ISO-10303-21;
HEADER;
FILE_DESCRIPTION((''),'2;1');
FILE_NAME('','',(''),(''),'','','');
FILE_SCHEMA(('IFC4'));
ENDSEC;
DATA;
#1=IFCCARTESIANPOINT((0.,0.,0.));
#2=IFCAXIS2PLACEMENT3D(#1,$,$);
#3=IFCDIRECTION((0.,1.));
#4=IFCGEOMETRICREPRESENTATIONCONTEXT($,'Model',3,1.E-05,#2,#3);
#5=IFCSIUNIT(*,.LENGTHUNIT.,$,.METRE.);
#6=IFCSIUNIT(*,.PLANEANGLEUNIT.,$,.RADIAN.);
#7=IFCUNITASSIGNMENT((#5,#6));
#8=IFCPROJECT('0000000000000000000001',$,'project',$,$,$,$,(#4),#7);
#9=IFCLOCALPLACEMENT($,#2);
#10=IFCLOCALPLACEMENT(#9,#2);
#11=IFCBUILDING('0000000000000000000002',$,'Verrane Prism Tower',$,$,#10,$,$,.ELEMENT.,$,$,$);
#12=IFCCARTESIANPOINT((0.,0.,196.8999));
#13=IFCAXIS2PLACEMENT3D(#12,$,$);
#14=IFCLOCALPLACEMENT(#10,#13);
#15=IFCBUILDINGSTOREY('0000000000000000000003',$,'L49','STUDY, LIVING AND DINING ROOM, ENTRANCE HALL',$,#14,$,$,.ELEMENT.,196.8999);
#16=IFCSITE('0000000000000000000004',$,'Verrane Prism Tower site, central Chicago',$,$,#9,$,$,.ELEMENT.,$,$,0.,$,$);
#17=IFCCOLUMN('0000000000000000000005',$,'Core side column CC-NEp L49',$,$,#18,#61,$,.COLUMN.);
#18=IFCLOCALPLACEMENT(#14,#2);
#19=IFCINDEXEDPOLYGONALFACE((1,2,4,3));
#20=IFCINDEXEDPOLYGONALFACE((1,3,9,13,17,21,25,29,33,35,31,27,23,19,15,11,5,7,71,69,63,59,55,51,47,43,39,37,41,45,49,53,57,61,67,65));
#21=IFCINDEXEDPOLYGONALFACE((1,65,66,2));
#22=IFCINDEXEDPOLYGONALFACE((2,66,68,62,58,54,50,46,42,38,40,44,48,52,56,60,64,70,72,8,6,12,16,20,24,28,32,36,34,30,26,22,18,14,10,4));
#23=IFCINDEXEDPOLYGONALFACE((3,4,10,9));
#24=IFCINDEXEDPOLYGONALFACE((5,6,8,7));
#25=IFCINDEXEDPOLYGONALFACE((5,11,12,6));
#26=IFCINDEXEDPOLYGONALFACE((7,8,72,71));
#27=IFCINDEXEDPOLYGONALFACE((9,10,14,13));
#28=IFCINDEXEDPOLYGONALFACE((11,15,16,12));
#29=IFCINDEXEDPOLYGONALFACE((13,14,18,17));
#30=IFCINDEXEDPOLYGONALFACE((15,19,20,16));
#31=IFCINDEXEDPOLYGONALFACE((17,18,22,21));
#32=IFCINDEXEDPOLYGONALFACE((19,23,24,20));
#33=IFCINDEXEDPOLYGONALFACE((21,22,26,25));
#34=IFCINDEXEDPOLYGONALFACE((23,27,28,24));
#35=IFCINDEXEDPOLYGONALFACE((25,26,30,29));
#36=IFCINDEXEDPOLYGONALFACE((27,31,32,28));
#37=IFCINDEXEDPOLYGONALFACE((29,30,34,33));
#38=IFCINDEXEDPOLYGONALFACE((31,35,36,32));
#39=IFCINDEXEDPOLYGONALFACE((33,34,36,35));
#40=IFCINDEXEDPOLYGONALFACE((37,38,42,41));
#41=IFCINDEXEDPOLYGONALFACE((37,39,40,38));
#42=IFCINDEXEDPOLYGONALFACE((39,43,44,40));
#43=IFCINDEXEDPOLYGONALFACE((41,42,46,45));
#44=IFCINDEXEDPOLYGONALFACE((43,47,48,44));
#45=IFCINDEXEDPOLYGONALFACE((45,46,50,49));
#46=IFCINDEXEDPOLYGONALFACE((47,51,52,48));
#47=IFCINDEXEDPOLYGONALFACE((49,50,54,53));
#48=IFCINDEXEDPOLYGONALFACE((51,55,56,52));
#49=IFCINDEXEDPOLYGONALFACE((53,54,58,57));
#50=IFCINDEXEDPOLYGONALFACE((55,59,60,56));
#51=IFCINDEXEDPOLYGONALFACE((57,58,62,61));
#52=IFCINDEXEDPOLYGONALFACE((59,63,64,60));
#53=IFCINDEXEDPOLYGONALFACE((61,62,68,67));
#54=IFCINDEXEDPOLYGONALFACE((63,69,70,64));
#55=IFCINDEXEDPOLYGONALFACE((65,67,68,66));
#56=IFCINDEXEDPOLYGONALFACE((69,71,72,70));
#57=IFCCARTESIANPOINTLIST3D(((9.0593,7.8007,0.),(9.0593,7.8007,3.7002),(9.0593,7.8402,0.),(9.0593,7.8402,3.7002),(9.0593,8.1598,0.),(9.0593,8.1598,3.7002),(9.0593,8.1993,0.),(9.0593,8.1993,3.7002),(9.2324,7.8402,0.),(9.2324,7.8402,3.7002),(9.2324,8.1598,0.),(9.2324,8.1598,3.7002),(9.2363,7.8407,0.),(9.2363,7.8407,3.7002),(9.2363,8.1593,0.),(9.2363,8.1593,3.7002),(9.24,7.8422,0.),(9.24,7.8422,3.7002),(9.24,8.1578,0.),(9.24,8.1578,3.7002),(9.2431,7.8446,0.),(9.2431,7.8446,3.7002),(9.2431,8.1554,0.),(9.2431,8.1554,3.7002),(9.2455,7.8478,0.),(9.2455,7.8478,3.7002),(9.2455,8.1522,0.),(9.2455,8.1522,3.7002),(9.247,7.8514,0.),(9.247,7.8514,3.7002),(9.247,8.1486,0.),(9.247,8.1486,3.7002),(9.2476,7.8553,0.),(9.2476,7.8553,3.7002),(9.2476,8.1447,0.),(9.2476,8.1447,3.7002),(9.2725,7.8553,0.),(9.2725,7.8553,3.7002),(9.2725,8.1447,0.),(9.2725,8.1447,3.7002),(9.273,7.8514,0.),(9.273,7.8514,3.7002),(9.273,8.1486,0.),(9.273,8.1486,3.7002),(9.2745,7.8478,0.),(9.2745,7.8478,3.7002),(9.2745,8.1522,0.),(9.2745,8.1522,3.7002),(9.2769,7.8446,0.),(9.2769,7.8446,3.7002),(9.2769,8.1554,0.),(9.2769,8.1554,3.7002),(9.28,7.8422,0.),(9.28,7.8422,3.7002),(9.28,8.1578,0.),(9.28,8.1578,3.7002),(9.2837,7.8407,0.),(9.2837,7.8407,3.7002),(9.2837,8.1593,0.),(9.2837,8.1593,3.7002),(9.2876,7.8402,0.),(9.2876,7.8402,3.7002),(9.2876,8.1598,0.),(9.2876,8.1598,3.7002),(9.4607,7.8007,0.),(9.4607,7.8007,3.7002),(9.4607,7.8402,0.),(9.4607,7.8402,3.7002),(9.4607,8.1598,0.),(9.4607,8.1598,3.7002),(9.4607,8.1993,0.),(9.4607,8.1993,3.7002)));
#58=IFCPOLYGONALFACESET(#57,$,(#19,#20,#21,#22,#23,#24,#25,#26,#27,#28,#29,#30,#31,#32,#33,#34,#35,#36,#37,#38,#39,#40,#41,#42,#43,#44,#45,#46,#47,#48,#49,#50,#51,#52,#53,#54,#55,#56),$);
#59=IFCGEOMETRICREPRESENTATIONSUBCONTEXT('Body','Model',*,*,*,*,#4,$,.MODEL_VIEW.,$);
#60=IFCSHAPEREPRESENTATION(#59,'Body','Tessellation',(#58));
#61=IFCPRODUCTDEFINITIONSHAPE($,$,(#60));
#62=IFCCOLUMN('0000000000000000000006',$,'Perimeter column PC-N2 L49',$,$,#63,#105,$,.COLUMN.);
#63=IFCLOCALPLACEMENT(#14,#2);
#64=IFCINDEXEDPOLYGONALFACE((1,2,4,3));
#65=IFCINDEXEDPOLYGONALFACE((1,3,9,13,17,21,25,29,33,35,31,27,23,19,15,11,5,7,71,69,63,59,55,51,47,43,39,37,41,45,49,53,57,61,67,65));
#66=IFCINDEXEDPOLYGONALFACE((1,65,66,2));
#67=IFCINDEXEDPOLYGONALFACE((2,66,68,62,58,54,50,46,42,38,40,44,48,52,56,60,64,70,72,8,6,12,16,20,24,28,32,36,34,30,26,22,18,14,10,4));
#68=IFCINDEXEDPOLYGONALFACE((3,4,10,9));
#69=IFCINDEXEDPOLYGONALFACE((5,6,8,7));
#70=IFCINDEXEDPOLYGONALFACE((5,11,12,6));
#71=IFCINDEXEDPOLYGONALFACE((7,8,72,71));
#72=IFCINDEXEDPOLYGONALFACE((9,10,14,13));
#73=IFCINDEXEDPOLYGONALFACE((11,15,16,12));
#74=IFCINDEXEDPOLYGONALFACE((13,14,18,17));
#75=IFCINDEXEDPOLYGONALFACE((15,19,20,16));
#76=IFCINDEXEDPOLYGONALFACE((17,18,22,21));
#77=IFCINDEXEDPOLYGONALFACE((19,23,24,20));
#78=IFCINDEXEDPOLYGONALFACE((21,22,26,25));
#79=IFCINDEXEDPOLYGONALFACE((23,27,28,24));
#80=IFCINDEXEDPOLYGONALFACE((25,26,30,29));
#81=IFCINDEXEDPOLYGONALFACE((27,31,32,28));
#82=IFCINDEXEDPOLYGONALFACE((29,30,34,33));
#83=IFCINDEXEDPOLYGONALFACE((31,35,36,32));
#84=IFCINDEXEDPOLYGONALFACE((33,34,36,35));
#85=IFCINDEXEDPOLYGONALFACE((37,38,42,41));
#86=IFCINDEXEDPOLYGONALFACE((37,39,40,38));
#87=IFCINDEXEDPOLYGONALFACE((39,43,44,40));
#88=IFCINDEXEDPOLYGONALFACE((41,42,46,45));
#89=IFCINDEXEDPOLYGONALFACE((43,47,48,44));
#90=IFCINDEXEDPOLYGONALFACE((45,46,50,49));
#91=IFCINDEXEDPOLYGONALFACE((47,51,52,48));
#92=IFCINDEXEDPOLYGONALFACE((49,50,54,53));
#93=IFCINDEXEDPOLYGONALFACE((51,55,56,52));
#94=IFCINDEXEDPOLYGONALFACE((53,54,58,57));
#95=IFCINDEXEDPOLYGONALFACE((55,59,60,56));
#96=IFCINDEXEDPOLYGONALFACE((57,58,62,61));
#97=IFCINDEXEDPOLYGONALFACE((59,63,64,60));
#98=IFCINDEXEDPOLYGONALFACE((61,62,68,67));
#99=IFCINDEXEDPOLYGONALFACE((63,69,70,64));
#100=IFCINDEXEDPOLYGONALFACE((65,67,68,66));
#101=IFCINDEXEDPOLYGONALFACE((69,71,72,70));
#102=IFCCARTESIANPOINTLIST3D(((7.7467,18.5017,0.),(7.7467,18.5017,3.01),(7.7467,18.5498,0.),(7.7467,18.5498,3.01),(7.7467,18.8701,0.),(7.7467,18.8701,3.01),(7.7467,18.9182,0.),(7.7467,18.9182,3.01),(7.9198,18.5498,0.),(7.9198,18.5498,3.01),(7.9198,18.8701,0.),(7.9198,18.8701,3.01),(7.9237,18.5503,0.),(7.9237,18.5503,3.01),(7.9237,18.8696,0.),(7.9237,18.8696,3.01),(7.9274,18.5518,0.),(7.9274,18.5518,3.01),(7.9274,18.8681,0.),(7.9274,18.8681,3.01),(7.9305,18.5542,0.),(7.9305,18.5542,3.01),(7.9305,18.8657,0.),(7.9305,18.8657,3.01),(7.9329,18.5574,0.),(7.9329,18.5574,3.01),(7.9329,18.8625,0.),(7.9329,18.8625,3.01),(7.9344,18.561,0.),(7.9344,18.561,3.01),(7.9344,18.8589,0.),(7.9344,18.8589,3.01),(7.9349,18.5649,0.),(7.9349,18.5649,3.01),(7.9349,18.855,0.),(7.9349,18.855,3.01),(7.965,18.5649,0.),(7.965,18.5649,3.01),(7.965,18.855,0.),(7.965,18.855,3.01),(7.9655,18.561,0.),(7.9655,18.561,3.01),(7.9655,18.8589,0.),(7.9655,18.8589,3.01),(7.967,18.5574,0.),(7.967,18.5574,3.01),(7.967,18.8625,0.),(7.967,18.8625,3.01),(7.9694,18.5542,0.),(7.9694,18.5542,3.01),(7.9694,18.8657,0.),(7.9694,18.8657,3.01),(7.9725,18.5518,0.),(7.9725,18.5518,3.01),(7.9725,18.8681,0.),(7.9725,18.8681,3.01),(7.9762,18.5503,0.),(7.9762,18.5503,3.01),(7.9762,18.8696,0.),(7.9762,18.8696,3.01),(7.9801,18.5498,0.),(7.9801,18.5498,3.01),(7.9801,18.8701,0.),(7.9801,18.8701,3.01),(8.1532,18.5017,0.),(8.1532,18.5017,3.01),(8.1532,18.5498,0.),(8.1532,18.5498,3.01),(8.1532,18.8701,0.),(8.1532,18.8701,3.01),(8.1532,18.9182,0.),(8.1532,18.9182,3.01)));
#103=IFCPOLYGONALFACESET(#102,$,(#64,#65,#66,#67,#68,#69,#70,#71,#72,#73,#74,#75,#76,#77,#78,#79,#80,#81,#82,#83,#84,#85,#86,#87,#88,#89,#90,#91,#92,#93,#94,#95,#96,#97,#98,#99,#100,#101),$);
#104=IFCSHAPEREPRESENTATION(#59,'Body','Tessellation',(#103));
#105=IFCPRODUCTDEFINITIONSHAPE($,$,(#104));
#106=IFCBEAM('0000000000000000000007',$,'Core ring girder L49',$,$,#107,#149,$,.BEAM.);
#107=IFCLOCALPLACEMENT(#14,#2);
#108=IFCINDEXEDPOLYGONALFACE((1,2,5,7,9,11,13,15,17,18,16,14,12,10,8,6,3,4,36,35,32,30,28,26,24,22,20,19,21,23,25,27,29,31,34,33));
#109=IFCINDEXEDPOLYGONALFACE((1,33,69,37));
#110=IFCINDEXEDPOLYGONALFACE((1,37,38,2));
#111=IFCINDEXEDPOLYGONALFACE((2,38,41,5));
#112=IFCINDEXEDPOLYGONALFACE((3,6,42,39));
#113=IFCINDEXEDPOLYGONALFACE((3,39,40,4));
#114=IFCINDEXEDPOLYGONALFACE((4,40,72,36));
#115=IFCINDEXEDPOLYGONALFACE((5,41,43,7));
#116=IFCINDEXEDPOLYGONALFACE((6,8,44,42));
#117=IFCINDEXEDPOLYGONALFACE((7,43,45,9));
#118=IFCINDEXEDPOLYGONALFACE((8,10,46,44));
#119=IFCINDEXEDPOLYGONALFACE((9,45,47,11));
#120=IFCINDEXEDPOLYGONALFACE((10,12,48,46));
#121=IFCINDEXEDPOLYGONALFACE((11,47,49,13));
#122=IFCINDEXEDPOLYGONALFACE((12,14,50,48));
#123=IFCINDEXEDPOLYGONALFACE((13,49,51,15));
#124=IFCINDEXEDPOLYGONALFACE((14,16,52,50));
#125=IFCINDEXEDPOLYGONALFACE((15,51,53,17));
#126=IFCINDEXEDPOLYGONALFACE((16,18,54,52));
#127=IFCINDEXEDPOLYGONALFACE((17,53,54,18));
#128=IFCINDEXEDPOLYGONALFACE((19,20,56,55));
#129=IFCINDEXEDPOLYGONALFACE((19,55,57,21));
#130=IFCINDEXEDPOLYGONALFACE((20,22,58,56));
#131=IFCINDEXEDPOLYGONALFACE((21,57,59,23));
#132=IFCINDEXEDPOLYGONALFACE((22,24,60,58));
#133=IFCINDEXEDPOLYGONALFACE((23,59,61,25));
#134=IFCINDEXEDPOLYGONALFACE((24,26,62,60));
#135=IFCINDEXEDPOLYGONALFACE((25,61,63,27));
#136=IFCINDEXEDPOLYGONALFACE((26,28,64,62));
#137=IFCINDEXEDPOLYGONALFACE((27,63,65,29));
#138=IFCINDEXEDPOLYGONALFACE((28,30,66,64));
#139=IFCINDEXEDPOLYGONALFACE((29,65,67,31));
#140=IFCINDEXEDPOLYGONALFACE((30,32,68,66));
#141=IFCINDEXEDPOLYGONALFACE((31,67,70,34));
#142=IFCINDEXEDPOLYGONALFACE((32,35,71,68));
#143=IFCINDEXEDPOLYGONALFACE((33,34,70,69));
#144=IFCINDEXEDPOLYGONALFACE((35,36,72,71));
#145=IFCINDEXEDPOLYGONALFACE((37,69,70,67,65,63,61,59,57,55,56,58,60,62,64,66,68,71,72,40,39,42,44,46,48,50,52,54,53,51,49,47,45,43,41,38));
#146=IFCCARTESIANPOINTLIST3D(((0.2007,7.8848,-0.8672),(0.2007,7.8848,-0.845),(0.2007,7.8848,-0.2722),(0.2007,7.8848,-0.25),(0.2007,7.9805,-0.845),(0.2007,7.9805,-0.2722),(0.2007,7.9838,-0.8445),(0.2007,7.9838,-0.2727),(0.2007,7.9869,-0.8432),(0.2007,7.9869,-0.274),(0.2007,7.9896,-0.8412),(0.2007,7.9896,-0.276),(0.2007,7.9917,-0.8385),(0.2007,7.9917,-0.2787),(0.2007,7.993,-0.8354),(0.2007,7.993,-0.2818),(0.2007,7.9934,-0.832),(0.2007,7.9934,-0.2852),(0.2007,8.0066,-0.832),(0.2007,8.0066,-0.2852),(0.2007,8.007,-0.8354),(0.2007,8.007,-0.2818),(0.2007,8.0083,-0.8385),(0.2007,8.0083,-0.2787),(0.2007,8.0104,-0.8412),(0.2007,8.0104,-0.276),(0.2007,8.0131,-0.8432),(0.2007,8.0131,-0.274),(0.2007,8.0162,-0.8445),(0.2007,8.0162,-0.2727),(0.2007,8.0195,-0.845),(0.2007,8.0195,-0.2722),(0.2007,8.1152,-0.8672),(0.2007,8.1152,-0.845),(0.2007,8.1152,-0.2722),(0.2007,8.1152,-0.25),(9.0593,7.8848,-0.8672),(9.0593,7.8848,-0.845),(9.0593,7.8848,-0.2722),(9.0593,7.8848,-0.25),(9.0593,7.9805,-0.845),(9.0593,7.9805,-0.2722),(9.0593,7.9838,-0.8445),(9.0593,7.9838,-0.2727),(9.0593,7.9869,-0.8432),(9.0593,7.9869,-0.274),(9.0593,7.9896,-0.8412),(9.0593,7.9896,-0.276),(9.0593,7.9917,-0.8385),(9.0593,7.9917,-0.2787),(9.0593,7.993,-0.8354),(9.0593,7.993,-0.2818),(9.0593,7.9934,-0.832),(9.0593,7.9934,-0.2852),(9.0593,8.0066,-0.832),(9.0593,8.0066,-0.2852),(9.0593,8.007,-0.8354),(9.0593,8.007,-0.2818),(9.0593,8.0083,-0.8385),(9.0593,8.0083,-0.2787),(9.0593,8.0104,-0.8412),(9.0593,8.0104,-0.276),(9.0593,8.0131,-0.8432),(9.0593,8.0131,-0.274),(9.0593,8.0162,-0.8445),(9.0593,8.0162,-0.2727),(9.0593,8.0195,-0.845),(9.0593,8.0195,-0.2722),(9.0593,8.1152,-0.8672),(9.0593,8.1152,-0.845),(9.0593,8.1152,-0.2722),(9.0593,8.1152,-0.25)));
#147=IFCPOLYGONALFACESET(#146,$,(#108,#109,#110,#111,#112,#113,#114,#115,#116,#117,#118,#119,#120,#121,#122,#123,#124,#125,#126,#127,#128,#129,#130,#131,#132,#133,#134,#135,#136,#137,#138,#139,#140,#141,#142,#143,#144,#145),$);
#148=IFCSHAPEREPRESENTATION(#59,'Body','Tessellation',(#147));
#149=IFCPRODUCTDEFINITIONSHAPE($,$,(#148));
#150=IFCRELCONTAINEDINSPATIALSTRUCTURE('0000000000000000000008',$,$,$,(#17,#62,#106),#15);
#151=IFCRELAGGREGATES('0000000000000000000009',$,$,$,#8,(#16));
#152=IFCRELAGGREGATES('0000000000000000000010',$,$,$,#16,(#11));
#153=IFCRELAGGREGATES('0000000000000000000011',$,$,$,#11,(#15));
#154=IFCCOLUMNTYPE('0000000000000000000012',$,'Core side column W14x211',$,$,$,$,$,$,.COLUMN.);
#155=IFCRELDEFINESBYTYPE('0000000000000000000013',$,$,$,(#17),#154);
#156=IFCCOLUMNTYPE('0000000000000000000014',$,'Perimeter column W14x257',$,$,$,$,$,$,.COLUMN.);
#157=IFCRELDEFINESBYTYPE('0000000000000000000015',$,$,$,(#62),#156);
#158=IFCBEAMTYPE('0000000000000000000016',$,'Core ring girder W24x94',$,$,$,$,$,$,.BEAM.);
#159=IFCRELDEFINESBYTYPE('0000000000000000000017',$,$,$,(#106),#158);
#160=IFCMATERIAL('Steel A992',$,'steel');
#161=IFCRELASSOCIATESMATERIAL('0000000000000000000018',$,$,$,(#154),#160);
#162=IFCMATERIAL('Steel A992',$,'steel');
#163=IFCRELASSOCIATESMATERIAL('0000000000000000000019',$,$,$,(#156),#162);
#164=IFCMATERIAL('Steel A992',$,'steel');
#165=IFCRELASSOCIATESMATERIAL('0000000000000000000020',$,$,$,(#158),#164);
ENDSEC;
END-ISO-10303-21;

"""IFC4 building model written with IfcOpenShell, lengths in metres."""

from ifc_helpers import new_model, si_unit, direction, frame, origin, origin_2d, place, context, subcontext, project, spatial, i_section, extrude, material, material_profile, profile_set, type_object, element, save


model = new_model("IFC4")

# Units and contexts
model_context = context("Model", 3, precision=1e-05, world=origin(), true_north=direction((0.0, 1.0)))
body_context = subcontext(model_context, "Body", "Model", "MODEL_VIEW")
ifc_project = project(units=[si_unit("LENGTHUNIT", "METRE"), si_unit("PLANEANGLEUNIT", "RADIAN")], contexts=[model_context])

# Site, building, storey
site_placement = place(None, origin())
site = spatial("IfcSite", under=ifc_project, at=site_placement, Name="Verrane Prism Tower site, central Chicago", CompositionType="ELEMENT", RefElevation=0.0)
building_placement = place(site_placement, origin())
building = spatial("IfcBuilding", under=site, at=building_placement, Name="Verrane Prism Tower", CompositionType="ELEMENT")
storey_placement = place(building_placement, frame((0.0, 0.0, 196.8999)))
storey = spatial("IfcBuildingStorey", under=building, at=storey_placement, Name="L49", Description="STUDY, LIVING AND DINING ROOM, ENTRANCE HALL", CompositionType="ELEMENT", Elevation=196.8999)

# Columns
ifc_material_1 = material(Name="Steel A992", Category="steel")
ifc_material_profile_1 = material_profile(ifc_material_1, i_section(OverallWidth=0.4014, OverallDepth=0.3987, WebThickness=0.0249, FlangeThickness=0.0396, FilletRadius=0.0151, at=origin_2d()), Name="W14x211")
ifc_profile_set_1 = profile_set([ifc_material_profile_1], Name="Steel A992")
column_type_1 = type_object("IfcColumnType", Name="Core side column W14x211", PredefinedType="COLUMN", material=ifc_profile_set_1)
column_1_placement = place(storey_placement, frame((9.26, 8.0, 0.0), z_axis=(0.0, 0.0, 1.0), x_axis=(1.0, 0.0, 0.0)))
element("IfcColumn", 1, at=column_1_placement, inside=storey, type_object=column_type_1, Name="Core side column CC-NEp L49", PredefinedType="COLUMN", context=body_context, shape_type="SweptSolid", body=[
    extrude(i_section(OverallWidth=0.4014, OverallDepth=0.3987, WebThickness=0.0249, FlangeThickness=0.0396, FilletRadius=0.0151, at=origin_2d()), origin(), (0.0, 0.0, 1.0), 3.7002),
])
ifc_material_2 = material(Name="Steel A992", Category="steel")
ifc_material_profile_2 = material_profile(ifc_material_2, i_section(OverallWidth=0.4065, OverallDepth=0.4165, WebThickness=0.03, FlangeThickness=0.0481, FilletRadius=0.0151, at=origin_2d()), Name="W14x257")
ifc_profile_set_2 = profile_set([ifc_material_profile_2], Name="Steel A992")
column_type_2 = type_object("IfcColumnType", Name="Perimeter column W14x257", PredefinedType="COLUMN", material=ifc_profile_set_2)
column_2_placement = place(storey_placement, frame((7.95, 18.71, 0.0), z_axis=(0.0, 0.0, 1.0), x_axis=(1.0, 0.0, 0.0)))
element("IfcColumn", 2, at=column_2_placement, inside=storey, type_object=column_type_2, Name="Perimeter column PC-N2 L49", PredefinedType="COLUMN", context=body_context, shape_type="SweptSolid", body=[
    extrude(i_section(OverallWidth=0.4065, OverallDepth=0.4165, WebThickness=0.03, FlangeThickness=0.0481, FilletRadius=0.0151, at=origin_2d()), origin(), (0.0, 0.0, 1.0), 3.01),
])

# Beam
ifc_material_3 = material(Name="Steel A992", Category="steel")
ifc_material_profile_3 = material_profile(ifc_material_3, i_section(OverallWidth=0.2305, OverallDepth=0.6172, WebThickness=0.0132, FlangeThickness=0.0222, FilletRadius=0.0129, at=origin_2d()), Name="W24x94")
ifc_profile_set_3 = profile_set([ifc_material_profile_3], Name="Steel A992")
beam_type_1 = type_object("IfcBeamType", Name="Core ring girder W24x94", PredefinedType="BEAM", material=ifc_profile_set_3)
beam_1_placement = place(storey_placement, frame((9.0593, 8.0, -0.5586), z_axis=(-1.0, 0.0, 0.0), x_axis=(0.0, -1.0, 0.0)))
element("IfcBeam", 3, at=beam_1_placement, inside=storey, type_object=beam_type_1, Name="Core ring girder L49", PredefinedType="BEAM", context=body_context, shape_type="SweptSolid", body=[
    extrude(i_section(OverallWidth=0.2305, OverallDepth=0.6172, WebThickness=0.0132, FlangeThickness=0.0222, FilletRadius=0.0129, at=origin_2d()), origin(), (0.0, 0.0, 1.0), 8.8586),
])

save(model, "model.ifc")
